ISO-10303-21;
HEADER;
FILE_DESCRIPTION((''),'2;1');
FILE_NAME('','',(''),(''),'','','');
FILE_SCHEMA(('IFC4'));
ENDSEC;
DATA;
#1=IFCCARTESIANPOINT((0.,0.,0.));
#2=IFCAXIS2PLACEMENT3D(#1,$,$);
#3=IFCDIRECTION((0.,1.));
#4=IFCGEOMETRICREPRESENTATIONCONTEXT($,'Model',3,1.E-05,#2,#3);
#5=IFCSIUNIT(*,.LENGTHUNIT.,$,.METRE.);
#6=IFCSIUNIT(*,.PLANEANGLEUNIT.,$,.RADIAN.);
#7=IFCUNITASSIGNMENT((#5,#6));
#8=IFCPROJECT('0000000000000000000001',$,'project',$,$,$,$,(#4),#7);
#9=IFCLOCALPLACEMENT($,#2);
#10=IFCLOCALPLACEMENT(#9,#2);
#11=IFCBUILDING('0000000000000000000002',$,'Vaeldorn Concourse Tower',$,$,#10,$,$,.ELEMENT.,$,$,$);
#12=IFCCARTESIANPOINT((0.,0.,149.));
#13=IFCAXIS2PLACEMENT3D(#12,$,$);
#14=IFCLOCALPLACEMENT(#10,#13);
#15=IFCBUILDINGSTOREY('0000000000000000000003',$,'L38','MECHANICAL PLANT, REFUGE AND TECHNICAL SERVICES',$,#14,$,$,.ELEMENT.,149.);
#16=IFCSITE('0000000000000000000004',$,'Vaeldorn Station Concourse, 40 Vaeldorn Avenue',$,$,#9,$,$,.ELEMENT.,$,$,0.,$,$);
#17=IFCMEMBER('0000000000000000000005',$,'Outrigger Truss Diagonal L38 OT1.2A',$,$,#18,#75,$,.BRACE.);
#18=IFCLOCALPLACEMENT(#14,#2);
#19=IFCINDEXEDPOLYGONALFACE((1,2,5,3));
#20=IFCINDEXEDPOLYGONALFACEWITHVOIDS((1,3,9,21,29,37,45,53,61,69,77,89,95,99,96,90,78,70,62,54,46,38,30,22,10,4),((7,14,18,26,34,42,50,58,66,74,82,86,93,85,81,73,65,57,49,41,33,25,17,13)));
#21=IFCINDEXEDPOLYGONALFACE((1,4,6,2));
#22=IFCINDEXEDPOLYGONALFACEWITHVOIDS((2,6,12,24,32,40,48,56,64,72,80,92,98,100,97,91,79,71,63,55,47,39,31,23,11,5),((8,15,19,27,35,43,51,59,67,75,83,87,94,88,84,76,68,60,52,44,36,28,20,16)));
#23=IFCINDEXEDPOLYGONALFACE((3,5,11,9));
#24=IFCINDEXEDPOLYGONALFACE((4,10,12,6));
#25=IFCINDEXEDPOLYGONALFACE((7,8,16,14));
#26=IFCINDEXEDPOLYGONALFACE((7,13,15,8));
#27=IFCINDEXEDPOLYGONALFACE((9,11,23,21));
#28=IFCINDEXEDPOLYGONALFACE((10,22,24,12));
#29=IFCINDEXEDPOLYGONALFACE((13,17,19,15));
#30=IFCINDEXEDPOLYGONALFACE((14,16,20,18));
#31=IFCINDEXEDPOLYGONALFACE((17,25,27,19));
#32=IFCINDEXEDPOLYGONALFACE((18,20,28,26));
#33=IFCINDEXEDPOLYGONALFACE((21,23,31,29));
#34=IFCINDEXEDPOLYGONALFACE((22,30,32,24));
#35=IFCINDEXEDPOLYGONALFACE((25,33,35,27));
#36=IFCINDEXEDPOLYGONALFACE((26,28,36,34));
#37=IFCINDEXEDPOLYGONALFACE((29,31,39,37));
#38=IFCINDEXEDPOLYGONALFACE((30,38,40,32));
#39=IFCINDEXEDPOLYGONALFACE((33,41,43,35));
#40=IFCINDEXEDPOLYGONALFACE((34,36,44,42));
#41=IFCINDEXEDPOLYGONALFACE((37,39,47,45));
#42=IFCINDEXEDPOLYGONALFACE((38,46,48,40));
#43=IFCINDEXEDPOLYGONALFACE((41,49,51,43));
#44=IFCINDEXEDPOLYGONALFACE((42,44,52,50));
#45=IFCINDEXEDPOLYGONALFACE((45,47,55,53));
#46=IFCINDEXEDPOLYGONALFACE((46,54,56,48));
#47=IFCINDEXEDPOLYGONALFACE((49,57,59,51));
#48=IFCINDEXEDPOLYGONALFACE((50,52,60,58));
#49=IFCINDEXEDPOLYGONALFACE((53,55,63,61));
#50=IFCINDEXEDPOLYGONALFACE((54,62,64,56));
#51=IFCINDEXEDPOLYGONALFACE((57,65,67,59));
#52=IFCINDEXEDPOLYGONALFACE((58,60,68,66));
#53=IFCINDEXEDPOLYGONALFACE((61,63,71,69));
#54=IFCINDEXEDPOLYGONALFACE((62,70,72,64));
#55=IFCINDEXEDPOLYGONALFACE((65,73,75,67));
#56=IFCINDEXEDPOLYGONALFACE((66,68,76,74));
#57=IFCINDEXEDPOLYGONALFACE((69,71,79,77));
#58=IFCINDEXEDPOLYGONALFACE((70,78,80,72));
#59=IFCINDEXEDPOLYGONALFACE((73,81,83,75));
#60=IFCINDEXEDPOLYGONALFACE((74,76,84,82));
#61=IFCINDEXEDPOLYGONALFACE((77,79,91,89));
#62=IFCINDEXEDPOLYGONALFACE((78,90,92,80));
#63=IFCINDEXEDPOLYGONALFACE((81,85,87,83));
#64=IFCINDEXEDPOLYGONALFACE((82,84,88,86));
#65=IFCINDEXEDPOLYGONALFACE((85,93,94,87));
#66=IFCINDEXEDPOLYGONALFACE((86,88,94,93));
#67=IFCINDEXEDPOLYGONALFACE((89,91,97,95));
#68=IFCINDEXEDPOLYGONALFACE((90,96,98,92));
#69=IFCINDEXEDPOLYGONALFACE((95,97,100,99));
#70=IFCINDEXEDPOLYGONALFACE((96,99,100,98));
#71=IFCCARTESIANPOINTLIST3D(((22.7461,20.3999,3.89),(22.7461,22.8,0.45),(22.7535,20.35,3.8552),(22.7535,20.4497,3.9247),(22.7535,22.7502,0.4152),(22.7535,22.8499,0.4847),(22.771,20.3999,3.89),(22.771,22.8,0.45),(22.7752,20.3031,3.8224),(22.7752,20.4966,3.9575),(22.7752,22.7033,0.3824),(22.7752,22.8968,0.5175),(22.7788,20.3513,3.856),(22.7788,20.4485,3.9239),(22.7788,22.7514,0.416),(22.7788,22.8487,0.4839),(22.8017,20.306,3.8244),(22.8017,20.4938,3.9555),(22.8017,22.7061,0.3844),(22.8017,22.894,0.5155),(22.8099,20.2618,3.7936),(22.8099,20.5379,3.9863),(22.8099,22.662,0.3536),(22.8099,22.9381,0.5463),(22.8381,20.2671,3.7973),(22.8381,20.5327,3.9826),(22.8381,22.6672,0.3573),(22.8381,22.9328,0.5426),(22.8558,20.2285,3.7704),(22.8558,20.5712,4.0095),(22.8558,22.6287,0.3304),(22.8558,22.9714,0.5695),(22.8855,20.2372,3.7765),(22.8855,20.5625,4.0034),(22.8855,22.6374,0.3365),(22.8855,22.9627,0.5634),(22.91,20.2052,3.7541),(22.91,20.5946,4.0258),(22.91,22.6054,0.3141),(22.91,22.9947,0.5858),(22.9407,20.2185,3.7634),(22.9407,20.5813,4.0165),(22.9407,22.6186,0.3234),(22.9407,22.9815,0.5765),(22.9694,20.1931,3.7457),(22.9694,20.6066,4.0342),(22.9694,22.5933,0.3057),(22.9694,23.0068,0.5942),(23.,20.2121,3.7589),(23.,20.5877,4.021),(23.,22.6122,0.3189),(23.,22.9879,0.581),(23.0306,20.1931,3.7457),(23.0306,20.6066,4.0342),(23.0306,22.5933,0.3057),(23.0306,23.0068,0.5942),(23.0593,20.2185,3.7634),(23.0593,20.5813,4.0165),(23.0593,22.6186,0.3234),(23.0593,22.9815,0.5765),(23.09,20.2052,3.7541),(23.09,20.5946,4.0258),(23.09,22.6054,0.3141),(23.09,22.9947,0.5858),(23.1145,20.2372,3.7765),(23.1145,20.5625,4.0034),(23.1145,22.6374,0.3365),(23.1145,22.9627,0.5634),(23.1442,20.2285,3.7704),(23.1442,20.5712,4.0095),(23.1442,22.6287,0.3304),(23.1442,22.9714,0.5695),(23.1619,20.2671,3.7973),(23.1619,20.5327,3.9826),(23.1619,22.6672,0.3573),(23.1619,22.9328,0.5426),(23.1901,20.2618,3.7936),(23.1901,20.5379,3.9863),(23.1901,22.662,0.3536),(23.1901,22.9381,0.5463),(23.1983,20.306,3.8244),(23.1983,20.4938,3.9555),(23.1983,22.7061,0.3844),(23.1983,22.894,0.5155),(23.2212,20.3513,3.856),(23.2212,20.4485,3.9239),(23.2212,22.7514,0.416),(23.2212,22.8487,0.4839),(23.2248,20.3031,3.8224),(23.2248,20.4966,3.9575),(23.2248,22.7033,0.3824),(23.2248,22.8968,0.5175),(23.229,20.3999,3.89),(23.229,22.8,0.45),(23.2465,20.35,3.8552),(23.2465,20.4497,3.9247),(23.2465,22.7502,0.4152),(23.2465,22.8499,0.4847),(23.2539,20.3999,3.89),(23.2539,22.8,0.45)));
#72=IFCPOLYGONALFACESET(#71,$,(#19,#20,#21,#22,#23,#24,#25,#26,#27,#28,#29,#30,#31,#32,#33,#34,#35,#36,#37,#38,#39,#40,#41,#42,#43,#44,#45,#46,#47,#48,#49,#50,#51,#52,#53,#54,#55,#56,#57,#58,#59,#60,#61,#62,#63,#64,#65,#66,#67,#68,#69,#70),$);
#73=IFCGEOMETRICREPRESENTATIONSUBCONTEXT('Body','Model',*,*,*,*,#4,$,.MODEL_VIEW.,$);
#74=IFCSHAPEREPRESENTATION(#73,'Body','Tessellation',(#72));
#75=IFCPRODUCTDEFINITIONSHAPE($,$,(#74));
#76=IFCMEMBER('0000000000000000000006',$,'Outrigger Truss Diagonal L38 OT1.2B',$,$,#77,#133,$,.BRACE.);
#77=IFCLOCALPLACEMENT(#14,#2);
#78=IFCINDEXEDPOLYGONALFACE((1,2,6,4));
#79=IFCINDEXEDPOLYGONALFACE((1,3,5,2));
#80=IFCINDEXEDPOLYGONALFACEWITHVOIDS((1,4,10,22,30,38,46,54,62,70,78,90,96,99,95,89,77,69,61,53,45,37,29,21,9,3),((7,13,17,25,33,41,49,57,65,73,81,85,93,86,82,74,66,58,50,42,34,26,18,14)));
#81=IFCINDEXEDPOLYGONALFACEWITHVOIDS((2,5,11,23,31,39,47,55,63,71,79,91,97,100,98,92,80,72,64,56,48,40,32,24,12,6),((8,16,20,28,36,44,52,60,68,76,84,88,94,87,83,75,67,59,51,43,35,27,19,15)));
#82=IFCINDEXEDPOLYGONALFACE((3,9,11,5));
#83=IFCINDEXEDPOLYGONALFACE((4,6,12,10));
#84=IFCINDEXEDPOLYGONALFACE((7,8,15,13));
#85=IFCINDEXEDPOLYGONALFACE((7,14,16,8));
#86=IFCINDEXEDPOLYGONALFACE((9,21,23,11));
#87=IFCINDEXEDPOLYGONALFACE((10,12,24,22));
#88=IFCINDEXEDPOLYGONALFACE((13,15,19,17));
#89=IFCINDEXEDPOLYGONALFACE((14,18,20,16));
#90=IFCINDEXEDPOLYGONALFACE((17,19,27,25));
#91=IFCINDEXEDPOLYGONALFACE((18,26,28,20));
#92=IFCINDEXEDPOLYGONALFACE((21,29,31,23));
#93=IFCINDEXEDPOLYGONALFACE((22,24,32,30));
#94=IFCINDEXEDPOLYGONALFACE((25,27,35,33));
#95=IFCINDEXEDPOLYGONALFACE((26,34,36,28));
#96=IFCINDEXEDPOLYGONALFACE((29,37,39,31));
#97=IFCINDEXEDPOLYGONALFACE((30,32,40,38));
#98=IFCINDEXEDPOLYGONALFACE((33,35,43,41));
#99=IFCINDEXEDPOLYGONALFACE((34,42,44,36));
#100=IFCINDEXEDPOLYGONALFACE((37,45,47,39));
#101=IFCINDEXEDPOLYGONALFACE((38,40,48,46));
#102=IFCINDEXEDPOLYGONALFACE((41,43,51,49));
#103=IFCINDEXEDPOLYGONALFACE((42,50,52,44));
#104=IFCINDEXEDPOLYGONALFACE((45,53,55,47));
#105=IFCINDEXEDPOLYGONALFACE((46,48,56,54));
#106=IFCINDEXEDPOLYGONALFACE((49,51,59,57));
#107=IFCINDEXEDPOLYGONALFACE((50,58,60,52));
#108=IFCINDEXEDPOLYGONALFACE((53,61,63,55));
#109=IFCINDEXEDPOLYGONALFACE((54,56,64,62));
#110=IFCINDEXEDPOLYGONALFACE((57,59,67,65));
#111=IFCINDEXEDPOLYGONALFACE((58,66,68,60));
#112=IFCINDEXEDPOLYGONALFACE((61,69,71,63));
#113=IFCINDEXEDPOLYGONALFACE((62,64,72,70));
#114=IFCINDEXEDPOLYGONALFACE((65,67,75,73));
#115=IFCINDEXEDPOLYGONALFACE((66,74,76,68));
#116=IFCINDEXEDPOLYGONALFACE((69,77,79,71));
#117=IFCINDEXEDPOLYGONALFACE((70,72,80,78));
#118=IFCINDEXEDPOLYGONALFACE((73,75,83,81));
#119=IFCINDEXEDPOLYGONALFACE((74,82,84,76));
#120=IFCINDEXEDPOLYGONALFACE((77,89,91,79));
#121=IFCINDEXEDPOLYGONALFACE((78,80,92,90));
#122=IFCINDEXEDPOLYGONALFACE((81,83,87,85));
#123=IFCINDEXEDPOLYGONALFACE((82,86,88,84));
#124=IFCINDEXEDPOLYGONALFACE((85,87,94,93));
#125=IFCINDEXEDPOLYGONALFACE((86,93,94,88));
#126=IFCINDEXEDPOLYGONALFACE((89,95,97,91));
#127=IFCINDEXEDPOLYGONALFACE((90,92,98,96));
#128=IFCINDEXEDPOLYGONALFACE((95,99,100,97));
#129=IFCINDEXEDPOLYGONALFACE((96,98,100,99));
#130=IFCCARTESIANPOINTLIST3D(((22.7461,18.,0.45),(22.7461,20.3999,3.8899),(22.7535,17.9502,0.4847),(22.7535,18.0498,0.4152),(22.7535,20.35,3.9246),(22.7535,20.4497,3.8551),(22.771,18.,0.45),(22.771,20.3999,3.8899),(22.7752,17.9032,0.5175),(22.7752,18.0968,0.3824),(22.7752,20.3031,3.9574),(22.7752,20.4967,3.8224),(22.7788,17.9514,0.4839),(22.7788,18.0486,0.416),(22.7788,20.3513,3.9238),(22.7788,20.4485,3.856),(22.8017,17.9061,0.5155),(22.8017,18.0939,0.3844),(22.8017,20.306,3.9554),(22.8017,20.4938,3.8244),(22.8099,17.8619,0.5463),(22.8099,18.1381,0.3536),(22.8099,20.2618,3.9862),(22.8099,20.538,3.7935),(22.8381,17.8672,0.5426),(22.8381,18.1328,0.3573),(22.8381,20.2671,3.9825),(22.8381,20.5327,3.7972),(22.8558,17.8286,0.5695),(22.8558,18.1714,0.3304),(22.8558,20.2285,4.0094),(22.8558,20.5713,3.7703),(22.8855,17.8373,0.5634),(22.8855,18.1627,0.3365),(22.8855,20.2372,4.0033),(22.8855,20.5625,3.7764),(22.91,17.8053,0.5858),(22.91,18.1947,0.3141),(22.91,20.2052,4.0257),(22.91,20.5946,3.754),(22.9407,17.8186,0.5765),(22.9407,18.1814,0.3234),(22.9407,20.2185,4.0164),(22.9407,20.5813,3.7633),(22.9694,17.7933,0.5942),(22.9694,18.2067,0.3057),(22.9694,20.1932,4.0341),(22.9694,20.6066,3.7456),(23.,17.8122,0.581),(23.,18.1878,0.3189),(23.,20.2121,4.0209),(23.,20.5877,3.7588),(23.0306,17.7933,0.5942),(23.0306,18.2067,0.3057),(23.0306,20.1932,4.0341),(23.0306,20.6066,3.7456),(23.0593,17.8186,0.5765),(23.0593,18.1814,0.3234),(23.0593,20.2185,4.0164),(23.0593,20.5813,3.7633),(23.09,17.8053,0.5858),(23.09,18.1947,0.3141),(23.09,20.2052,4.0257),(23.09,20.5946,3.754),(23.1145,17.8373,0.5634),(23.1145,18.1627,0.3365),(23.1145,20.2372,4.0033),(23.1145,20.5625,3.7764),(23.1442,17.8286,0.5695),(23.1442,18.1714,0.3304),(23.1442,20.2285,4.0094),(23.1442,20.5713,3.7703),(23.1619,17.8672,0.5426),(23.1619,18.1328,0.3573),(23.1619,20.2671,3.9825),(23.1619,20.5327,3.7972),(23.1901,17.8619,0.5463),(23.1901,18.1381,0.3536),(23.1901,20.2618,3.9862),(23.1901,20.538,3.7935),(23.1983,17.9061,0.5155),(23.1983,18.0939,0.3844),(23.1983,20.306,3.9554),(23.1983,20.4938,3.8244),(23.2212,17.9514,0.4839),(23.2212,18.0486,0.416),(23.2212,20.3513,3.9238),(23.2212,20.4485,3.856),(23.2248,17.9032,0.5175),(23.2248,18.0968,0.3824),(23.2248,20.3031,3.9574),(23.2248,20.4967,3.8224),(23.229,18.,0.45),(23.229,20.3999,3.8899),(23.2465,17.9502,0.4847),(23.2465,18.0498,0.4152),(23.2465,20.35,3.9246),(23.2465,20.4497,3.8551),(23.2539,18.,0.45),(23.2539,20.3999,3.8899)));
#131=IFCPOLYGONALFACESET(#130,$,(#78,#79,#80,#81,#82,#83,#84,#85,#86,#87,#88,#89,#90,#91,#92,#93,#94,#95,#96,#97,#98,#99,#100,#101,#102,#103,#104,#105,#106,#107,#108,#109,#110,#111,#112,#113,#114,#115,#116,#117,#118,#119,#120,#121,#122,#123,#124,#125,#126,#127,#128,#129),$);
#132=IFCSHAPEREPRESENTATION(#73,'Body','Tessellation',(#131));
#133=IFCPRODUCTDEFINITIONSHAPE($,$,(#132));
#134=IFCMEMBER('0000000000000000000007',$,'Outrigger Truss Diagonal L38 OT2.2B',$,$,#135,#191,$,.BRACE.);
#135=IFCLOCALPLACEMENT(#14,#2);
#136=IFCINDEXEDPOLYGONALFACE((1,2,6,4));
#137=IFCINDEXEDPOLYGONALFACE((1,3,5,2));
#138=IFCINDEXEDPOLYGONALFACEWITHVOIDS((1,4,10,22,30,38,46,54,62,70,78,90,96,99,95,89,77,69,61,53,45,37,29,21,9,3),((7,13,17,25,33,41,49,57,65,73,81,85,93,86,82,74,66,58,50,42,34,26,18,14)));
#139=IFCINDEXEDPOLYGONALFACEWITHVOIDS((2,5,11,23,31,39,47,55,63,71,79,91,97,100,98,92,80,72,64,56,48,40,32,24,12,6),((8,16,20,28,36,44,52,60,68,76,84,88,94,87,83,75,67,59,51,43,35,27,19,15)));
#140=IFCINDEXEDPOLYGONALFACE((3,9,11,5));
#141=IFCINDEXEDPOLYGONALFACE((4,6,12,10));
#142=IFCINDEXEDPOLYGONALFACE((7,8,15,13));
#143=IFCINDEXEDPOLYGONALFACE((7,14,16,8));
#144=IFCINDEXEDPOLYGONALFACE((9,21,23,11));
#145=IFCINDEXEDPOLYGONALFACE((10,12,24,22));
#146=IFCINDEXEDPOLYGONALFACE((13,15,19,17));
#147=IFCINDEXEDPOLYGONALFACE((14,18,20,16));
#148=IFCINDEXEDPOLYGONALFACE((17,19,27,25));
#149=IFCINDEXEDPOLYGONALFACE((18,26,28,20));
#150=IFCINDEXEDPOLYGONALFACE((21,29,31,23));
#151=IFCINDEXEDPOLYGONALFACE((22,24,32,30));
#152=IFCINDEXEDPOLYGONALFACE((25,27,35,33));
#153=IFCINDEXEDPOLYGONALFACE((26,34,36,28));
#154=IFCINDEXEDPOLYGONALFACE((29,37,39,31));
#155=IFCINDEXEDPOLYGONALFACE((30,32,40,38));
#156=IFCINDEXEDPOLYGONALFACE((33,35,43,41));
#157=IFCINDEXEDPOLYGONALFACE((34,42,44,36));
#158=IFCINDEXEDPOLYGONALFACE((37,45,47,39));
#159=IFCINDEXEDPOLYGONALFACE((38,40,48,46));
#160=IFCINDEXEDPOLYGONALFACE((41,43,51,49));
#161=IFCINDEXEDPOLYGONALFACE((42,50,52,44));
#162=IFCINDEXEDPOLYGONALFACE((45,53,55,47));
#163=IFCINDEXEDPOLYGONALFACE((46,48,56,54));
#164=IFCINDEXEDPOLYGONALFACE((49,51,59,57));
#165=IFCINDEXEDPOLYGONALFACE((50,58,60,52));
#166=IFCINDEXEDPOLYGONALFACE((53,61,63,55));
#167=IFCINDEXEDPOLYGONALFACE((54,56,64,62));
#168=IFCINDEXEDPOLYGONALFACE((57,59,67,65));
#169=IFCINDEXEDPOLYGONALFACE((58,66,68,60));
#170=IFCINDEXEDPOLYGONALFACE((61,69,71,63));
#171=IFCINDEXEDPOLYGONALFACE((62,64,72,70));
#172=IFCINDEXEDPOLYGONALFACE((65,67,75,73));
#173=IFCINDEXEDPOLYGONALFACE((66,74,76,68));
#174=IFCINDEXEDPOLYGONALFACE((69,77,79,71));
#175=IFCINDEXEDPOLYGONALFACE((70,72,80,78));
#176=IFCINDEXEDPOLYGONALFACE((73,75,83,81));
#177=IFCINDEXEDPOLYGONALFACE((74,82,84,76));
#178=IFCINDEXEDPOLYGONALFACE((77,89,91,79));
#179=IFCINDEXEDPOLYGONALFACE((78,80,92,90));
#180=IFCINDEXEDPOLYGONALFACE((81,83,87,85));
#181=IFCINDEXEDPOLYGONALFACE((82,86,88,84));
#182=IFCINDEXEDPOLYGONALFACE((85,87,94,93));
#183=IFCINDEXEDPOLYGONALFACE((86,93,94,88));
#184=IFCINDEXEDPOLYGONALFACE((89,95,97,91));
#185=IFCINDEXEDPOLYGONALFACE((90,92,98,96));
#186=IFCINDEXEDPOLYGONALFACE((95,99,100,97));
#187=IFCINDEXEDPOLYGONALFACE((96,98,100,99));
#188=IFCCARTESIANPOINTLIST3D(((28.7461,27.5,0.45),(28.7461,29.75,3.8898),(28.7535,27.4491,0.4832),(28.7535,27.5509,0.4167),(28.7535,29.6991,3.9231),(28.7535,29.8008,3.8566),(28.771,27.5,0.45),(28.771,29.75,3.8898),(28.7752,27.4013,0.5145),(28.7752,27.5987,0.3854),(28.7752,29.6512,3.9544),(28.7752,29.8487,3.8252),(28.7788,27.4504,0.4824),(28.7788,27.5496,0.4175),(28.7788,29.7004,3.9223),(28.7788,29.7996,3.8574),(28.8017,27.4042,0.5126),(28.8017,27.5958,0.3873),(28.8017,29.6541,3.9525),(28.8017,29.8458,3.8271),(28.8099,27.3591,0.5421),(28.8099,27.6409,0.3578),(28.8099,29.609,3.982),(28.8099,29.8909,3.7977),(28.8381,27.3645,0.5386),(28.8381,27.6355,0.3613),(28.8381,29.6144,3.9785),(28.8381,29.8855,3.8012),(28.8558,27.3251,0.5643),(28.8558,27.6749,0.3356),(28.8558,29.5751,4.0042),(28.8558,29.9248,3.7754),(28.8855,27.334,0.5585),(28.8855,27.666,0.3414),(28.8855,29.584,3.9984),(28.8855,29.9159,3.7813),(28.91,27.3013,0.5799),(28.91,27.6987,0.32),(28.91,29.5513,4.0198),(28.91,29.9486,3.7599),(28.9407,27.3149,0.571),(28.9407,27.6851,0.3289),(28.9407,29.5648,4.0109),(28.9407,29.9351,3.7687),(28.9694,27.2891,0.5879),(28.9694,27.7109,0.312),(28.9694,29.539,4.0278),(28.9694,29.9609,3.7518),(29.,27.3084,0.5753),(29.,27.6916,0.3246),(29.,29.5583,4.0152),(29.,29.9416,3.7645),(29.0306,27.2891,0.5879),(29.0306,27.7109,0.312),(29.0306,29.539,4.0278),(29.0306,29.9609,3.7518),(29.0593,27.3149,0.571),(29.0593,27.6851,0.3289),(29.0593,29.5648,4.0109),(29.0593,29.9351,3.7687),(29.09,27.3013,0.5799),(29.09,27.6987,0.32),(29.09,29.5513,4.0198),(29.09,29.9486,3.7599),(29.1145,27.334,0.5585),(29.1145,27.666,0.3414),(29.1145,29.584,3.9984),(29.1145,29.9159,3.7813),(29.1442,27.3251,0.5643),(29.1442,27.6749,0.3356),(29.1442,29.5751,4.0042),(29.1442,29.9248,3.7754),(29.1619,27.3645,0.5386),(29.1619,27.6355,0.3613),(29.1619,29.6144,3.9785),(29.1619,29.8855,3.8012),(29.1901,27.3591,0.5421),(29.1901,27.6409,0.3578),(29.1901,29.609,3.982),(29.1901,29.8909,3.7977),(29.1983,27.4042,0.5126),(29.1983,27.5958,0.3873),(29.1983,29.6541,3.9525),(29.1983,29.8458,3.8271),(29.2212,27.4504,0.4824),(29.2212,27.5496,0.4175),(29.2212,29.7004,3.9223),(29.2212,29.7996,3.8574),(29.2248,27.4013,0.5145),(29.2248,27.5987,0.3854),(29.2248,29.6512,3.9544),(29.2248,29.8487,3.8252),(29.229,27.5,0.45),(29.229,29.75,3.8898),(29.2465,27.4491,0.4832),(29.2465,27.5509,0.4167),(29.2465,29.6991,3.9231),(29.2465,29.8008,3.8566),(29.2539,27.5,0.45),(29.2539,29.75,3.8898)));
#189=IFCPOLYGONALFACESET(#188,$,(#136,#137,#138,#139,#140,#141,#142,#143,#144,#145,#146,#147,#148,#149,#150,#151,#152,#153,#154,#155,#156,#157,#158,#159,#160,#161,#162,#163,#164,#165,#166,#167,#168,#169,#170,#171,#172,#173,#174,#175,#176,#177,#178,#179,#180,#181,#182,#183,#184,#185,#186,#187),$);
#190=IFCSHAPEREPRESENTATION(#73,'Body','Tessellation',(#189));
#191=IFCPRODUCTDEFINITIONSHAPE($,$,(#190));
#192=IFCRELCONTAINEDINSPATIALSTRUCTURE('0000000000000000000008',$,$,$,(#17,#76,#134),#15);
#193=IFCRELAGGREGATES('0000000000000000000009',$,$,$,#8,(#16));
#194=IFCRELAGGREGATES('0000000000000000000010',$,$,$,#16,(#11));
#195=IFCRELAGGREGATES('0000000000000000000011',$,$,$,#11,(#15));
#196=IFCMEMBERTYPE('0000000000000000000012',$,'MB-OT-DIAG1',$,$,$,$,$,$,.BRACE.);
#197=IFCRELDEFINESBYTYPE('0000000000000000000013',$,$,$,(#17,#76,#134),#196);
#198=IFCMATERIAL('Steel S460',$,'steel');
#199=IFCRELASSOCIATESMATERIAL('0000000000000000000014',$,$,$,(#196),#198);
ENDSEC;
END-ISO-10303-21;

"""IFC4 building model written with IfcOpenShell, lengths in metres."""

from ifc_helpers import new_model, si_unit, direction, frame, origin, origin_2d, place, context, subcontext, project, spatial, hollow_circle, extrude, source, transform, mapped, material, material_profile, profile_set, type_object, element, save


model = new_model("IFC4")

# Units and contexts
model_context = context("Model", 3, precision=1e-05, world=origin(), true_north=direction((0.0, 1.0)))
body_context = subcontext(model_context, "Body", "Model", "MODEL_VIEW")
ifc_project = project(units=[si_unit("LENGTHUNIT", "METRE"), si_unit("PLANEANGLEUNIT", "RADIAN")], contexts=[model_context])

# Site, building, storey
site_placement = place(None, origin())
site = spatial("IfcSite", under=ifc_project, at=site_placement, Name="Vaeldorn Station Concourse, 40 Vaeldorn Avenue", CompositionType="ELEMENT", RefElevation=0.0)
building_placement = place(site_placement, origin())
building = spatial("IfcBuilding", under=site, at=building_placement, Name="Vaeldorn Concourse Tower", CompositionType="ELEMENT")
storey_placement = place(building_placement, frame((0.0, 0.0, 149.0)))
storey = spatial("IfcBuildingStorey", under=building, at=storey_placement, Name="L38", Description="MECHANICAL PLANT, REFUGE AND TECHNICAL SERVICES", CompositionType="ELEMENT", Elevation=149.0)

# Shared definitions
ifc_material_1 = material(Name="Steel S460", Category="steel")

# Members
ifc_material_profile_1 = material_profile(ifc_material_1, hollow_circle(Radius=0.2539, WallThickness=0.0249, at=origin_2d()), Name="CHS 508x25")
ifc_profile_set_1 = profile_set([ifc_material_profile_1], Name="Steel S460")
member_type_1 = type_object("IfcMemberType", Name="MB-OT-DIAG1", PredefinedType="BRACE", material=ifc_profile_set_1)
shared_shape_1 = source(origin(), body_context, "Body", "SweptSolid", [
    extrude(hollow_circle(Radius=0.2539, WallThickness=0.0249, at=origin_2d()), origin(), (0.0, 0.0, 1.0), 4.1946),
])
member_1_placement = place(storey_placement, frame((23.0, 22.8, 0.45), z_axis=(0.0, -0.572212, 0.820106), x_axis=(1.0, 0.0, 0.0)))
element("IfcMember", 1, at=member_1_placement, inside=storey, type_object=member_type_1, Name="Outrigger Truss Diagonal L38 OT1.2A", PredefinedType="BRACE", context=body_context, shape_type="MappedRepresentation", body=[
    mapped(shared_shape_1, transform((0.0, 0.0, 0.0), scale=1.0)),
])
shared_shape_2 = source(origin(), body_context, "Body", "SweptSolid", [
    extrude(hollow_circle(Radius=0.2539, WallThickness=0.0249, at=origin_2d()), origin(), (0.0, 0.0, 1.0), 4.1943),
])
member_2_placement = place(storey_placement, frame((23.0, 18.0, 0.45), z_axis=(0.0, 0.572172, 0.820133), x_axis=(-1.0, 0.0, 0.0)))
element("IfcMember", 2, at=member_2_placement, inside=storey, type_object=member_type_1, Name="Outrigger Truss Diagonal L38 OT1.2B", PredefinedType="BRACE", context=body_context, shape_type="MappedRepresentation", body=[
    mapped(shared_shape_2, transform((0.0, 0.0, 0.0), scale=1.0)),
])
shared_shape_3 = source(origin(), body_context, "Body", "SweptSolid", [
    extrude(hollow_circle(Radius=0.2539, WallThickness=0.0249, at=origin_2d()), origin(), (0.0, 0.0, 1.0), 4.1104),
])
member_3_placement = place(storey_placement, frame((29.0, 27.5, 0.45), z_axis=(0.0, 0.547387, 0.83688), x_axis=(-1.0, 0.0, 0.0)))
element("IfcMember", 3, at=member_3_placement, inside=storey, type_object=member_type_1, Name="Outrigger Truss Diagonal L38 OT2.2B", PredefinedType="BRACE", context=body_context, shape_type="MappedRepresentation", body=[
    mapped(shared_shape_3, transform((0.0, 0.0, 0.0), scale=1.0)),
])

save(model, "model.ifc")
